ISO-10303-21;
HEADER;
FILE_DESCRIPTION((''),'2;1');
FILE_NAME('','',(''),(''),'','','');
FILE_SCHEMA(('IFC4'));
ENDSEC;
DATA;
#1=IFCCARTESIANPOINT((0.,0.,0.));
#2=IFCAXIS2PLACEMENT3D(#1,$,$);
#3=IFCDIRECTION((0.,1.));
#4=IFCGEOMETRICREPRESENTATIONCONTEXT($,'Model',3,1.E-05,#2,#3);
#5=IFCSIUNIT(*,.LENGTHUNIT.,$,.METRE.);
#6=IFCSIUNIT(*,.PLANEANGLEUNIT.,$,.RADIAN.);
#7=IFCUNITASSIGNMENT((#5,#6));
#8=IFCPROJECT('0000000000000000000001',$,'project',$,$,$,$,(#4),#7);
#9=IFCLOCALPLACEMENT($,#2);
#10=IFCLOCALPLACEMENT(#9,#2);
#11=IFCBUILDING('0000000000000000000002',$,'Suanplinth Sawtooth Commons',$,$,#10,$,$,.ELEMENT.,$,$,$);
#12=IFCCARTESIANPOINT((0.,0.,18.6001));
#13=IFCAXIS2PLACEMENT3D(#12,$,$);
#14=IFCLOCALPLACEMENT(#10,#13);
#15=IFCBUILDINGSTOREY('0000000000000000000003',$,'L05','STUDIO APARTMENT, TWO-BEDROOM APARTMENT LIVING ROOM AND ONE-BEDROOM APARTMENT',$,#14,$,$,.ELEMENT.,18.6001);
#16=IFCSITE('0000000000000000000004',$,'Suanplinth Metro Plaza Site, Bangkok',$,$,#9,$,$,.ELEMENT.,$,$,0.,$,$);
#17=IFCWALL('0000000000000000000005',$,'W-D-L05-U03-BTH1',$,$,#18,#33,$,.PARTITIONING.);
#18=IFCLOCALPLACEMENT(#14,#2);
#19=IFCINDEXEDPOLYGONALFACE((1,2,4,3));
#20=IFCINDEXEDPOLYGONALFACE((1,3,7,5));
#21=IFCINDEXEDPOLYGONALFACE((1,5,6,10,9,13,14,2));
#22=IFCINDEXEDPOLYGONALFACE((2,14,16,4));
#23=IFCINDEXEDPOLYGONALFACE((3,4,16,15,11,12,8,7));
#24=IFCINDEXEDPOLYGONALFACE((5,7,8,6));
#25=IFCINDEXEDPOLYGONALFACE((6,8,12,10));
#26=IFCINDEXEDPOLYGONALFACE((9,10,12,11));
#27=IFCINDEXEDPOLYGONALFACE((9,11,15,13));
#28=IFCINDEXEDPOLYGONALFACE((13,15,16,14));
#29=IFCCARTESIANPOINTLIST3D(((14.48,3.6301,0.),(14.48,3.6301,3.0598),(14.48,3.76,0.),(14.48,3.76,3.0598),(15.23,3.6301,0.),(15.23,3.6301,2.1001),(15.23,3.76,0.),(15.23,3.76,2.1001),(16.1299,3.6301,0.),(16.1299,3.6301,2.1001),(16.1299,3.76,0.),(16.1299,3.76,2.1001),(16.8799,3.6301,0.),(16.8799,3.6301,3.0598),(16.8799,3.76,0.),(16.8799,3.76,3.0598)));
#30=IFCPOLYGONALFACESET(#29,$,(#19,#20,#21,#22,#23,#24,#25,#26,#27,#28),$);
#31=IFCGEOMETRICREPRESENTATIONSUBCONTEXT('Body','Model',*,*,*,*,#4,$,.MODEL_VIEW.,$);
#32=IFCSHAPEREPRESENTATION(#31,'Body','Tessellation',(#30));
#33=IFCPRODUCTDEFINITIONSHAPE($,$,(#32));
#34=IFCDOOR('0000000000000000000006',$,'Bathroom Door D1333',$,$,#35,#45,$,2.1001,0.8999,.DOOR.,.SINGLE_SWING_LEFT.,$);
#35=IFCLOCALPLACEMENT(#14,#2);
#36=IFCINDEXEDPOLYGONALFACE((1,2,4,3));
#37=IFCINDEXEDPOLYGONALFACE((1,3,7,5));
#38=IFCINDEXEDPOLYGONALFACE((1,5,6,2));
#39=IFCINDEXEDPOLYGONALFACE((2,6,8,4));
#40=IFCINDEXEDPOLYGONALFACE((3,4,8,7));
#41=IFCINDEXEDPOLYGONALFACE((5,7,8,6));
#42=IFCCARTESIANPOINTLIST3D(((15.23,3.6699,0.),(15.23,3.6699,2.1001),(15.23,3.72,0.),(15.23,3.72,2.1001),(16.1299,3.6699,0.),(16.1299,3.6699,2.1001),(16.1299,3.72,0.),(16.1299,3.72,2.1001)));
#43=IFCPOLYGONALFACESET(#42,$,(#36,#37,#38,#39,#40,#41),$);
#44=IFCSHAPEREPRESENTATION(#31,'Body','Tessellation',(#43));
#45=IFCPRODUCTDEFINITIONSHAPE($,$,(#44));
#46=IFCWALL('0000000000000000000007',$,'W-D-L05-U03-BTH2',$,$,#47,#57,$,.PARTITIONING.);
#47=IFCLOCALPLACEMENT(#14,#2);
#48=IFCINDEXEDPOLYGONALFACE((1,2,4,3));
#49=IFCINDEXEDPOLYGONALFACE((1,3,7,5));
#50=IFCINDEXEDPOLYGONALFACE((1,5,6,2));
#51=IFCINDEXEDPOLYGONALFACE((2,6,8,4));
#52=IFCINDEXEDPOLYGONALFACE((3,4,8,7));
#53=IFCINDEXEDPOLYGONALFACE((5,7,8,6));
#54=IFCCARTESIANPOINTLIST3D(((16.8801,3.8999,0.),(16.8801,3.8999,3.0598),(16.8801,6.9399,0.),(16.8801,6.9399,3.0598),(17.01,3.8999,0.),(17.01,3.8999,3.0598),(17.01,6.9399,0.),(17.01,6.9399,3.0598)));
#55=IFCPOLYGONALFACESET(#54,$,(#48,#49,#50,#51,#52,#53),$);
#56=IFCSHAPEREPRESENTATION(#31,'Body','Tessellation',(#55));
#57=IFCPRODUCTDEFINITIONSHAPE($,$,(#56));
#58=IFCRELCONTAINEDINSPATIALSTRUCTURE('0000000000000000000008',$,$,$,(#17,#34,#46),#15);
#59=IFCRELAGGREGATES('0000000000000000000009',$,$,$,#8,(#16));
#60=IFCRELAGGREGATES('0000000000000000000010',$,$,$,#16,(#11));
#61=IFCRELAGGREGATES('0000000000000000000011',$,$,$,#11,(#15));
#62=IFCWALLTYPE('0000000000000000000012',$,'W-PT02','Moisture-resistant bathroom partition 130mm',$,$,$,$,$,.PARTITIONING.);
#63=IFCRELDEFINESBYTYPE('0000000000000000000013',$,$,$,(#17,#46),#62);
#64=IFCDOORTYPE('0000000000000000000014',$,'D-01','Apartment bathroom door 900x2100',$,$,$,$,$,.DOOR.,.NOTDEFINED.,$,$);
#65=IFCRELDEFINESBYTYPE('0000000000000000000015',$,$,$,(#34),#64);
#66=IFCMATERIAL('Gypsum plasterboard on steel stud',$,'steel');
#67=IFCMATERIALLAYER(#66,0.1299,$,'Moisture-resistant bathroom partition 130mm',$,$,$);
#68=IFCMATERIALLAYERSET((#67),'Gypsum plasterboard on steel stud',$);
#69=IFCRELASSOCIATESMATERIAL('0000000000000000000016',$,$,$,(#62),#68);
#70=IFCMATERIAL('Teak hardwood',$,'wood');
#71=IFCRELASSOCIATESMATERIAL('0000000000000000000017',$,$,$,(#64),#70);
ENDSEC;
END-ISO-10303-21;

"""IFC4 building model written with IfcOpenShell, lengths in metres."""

from ifc_helpers import new_model, si_unit, direction, frame, frame_2d, origin, place, context, subcontext, project, spatial, rectangle, extrude, material, layer, layer_set, type_object, element, fill, save


model = new_model("IFC4")

# Units and contexts
model_context = context("Model", 3, precision=1e-05, world=origin(), true_north=direction((0.0, 1.0)))
body_context = subcontext(model_context, "Body", "Model", "MODEL_VIEW")
ifc_project = project(units=[si_unit("LENGTHUNIT", "METRE"), si_unit("PLANEANGLEUNIT", "RADIAN")], contexts=[model_context])

# Site, building, storey
site_placement = place(None, origin())
site = spatial("IfcSite", under=ifc_project, at=site_placement, Name="Suanplinth Metro Plaza Site, Bangkok", CompositionType="ELEMENT", RefElevation=0.0)
building_placement = place(site_placement, origin())
building = spatial("IfcBuilding", under=site, at=building_placement, Name="Suanplinth Sawtooth Commons", CompositionType="ELEMENT")
storey_placement = place(building_placement, frame((0.0, 0.0, 18.6001)))
storey = spatial("IfcBuildingStorey", under=building, at=storey_placement, Name="L05", Description="STUDIO APARTMENT, TWO-BEDROOM APARTMENT LIVING ROOM AND ONE-BEDROOM APARTMENT", CompositionType="ELEMENT", Elevation=18.6001)

# Wall, opening, door
ifc_material_1 = material(Name="Gypsum plasterboard on steel stud", Category="steel")
ifc_material_2 = material(Name="Teak hardwood", Category="wood")
ifc_layer_1 = layer(ifc_material_1, 0.1299, Name="Moisture-resistant bathroom partition 130mm")
ifc_layer_set_1 = layer_set([ifc_layer_1], Name="Gypsum plasterboard on steel stud")
wall_type_1 = type_object("IfcWallType", Name="W-PT02", Description="Moisture-resistant bathroom partition 130mm", PredefinedType="PARTITIONING", material=ifc_layer_set_1)
wall_1_placement = place(storey_placement, frame((14.48, 3.6951, 0.0), z_axis=(0.0, 0.0, 1.0), x_axis=(1.0, 0.0, 0.0)))
wall_1 = element("IfcWall", 1, at=wall_1_placement, inside=storey, type_object=wall_type_1, Name="W-D-L05-U03-BTH1", PredefinedType="PARTITIONING", context=body_context, shape_type="SweptSolid", body=[
    extrude(rectangle(XDim=2.3999, YDim=0.1299, at=frame_2d((1.2, 0.0))), origin(), (0.0, 0.0, 1.0), 3.0598),
])
opening_1_placement = place(wall_1_placement, frame((0.75, 0.0, 0.0)))
opening_1 = element("IfcOpeningElement", 2, at=opening_1_placement, cuts=wall_1, PredefinedType="OPENING", context=body_context, shape_type="SweptSolid", body=[
    extrude(rectangle(XDim=0.8999, YDim=2.1001, at=frame_2d((0.45, 1.05))), frame((0.0, 0.0798, 0.0), z_axis=(0.0, -1.0, 0.0), x_axis=(1.0, 0.0, 0.0)), (0.0, 0.0, 1.0), 0.1597),
])
door_type_1 = type_object("IfcDoorType", Name="D-01", Description="Apartment bathroom door 900x2100", OperationType="NOTDEFINED", PredefinedType="DOOR", material=ifc_material_2)
door_1_placement = place(opening_1_placement, origin())
door_1 = element("IfcDoor", 3, at=door_1_placement, inside=storey, type_object=door_type_1, Name="Bathroom Door D1333", OperationType="SINGLE_SWING_LEFT", OverallHeight=2.1001, OverallWidth=0.8999, PredefinedType="DOOR", context=body_context, shape_type="SweptSolid", body=[
    extrude(rectangle(XDim=0.8999, YDim=2.1001, at=frame_2d((0.45, 1.05))), frame((0.0, 0.0249, 0.0), z_axis=(0.0, -1.0, 0.0), x_axis=(1.0, 0.0, 0.0)), (0.0, 0.0, 1.0), 0.05),
])
fill(opening_1, door_1)

# Wall
wall_2_placement = place(storey_placement, frame((16.9451, 3.8999, 0.0), z_axis=(0.0, 0.0, 1.0), x_axis=(0.0, 1.0, 0.0)))
element("IfcWall", 4, at=wall_2_placement, inside=storey, type_object=wall_type_1, Name="W-D-L05-U03-BTH2", PredefinedType="PARTITIONING", context=body_context, shape_type="SweptSolid", body=[
    extrude(rectangle(XDim=3.04, YDim=0.1299, at=frame_2d((1.52, 0.0))), origin(), (0.0, 0.0, 1.0), 3.0598),
])

save(model, "model.ifc")
